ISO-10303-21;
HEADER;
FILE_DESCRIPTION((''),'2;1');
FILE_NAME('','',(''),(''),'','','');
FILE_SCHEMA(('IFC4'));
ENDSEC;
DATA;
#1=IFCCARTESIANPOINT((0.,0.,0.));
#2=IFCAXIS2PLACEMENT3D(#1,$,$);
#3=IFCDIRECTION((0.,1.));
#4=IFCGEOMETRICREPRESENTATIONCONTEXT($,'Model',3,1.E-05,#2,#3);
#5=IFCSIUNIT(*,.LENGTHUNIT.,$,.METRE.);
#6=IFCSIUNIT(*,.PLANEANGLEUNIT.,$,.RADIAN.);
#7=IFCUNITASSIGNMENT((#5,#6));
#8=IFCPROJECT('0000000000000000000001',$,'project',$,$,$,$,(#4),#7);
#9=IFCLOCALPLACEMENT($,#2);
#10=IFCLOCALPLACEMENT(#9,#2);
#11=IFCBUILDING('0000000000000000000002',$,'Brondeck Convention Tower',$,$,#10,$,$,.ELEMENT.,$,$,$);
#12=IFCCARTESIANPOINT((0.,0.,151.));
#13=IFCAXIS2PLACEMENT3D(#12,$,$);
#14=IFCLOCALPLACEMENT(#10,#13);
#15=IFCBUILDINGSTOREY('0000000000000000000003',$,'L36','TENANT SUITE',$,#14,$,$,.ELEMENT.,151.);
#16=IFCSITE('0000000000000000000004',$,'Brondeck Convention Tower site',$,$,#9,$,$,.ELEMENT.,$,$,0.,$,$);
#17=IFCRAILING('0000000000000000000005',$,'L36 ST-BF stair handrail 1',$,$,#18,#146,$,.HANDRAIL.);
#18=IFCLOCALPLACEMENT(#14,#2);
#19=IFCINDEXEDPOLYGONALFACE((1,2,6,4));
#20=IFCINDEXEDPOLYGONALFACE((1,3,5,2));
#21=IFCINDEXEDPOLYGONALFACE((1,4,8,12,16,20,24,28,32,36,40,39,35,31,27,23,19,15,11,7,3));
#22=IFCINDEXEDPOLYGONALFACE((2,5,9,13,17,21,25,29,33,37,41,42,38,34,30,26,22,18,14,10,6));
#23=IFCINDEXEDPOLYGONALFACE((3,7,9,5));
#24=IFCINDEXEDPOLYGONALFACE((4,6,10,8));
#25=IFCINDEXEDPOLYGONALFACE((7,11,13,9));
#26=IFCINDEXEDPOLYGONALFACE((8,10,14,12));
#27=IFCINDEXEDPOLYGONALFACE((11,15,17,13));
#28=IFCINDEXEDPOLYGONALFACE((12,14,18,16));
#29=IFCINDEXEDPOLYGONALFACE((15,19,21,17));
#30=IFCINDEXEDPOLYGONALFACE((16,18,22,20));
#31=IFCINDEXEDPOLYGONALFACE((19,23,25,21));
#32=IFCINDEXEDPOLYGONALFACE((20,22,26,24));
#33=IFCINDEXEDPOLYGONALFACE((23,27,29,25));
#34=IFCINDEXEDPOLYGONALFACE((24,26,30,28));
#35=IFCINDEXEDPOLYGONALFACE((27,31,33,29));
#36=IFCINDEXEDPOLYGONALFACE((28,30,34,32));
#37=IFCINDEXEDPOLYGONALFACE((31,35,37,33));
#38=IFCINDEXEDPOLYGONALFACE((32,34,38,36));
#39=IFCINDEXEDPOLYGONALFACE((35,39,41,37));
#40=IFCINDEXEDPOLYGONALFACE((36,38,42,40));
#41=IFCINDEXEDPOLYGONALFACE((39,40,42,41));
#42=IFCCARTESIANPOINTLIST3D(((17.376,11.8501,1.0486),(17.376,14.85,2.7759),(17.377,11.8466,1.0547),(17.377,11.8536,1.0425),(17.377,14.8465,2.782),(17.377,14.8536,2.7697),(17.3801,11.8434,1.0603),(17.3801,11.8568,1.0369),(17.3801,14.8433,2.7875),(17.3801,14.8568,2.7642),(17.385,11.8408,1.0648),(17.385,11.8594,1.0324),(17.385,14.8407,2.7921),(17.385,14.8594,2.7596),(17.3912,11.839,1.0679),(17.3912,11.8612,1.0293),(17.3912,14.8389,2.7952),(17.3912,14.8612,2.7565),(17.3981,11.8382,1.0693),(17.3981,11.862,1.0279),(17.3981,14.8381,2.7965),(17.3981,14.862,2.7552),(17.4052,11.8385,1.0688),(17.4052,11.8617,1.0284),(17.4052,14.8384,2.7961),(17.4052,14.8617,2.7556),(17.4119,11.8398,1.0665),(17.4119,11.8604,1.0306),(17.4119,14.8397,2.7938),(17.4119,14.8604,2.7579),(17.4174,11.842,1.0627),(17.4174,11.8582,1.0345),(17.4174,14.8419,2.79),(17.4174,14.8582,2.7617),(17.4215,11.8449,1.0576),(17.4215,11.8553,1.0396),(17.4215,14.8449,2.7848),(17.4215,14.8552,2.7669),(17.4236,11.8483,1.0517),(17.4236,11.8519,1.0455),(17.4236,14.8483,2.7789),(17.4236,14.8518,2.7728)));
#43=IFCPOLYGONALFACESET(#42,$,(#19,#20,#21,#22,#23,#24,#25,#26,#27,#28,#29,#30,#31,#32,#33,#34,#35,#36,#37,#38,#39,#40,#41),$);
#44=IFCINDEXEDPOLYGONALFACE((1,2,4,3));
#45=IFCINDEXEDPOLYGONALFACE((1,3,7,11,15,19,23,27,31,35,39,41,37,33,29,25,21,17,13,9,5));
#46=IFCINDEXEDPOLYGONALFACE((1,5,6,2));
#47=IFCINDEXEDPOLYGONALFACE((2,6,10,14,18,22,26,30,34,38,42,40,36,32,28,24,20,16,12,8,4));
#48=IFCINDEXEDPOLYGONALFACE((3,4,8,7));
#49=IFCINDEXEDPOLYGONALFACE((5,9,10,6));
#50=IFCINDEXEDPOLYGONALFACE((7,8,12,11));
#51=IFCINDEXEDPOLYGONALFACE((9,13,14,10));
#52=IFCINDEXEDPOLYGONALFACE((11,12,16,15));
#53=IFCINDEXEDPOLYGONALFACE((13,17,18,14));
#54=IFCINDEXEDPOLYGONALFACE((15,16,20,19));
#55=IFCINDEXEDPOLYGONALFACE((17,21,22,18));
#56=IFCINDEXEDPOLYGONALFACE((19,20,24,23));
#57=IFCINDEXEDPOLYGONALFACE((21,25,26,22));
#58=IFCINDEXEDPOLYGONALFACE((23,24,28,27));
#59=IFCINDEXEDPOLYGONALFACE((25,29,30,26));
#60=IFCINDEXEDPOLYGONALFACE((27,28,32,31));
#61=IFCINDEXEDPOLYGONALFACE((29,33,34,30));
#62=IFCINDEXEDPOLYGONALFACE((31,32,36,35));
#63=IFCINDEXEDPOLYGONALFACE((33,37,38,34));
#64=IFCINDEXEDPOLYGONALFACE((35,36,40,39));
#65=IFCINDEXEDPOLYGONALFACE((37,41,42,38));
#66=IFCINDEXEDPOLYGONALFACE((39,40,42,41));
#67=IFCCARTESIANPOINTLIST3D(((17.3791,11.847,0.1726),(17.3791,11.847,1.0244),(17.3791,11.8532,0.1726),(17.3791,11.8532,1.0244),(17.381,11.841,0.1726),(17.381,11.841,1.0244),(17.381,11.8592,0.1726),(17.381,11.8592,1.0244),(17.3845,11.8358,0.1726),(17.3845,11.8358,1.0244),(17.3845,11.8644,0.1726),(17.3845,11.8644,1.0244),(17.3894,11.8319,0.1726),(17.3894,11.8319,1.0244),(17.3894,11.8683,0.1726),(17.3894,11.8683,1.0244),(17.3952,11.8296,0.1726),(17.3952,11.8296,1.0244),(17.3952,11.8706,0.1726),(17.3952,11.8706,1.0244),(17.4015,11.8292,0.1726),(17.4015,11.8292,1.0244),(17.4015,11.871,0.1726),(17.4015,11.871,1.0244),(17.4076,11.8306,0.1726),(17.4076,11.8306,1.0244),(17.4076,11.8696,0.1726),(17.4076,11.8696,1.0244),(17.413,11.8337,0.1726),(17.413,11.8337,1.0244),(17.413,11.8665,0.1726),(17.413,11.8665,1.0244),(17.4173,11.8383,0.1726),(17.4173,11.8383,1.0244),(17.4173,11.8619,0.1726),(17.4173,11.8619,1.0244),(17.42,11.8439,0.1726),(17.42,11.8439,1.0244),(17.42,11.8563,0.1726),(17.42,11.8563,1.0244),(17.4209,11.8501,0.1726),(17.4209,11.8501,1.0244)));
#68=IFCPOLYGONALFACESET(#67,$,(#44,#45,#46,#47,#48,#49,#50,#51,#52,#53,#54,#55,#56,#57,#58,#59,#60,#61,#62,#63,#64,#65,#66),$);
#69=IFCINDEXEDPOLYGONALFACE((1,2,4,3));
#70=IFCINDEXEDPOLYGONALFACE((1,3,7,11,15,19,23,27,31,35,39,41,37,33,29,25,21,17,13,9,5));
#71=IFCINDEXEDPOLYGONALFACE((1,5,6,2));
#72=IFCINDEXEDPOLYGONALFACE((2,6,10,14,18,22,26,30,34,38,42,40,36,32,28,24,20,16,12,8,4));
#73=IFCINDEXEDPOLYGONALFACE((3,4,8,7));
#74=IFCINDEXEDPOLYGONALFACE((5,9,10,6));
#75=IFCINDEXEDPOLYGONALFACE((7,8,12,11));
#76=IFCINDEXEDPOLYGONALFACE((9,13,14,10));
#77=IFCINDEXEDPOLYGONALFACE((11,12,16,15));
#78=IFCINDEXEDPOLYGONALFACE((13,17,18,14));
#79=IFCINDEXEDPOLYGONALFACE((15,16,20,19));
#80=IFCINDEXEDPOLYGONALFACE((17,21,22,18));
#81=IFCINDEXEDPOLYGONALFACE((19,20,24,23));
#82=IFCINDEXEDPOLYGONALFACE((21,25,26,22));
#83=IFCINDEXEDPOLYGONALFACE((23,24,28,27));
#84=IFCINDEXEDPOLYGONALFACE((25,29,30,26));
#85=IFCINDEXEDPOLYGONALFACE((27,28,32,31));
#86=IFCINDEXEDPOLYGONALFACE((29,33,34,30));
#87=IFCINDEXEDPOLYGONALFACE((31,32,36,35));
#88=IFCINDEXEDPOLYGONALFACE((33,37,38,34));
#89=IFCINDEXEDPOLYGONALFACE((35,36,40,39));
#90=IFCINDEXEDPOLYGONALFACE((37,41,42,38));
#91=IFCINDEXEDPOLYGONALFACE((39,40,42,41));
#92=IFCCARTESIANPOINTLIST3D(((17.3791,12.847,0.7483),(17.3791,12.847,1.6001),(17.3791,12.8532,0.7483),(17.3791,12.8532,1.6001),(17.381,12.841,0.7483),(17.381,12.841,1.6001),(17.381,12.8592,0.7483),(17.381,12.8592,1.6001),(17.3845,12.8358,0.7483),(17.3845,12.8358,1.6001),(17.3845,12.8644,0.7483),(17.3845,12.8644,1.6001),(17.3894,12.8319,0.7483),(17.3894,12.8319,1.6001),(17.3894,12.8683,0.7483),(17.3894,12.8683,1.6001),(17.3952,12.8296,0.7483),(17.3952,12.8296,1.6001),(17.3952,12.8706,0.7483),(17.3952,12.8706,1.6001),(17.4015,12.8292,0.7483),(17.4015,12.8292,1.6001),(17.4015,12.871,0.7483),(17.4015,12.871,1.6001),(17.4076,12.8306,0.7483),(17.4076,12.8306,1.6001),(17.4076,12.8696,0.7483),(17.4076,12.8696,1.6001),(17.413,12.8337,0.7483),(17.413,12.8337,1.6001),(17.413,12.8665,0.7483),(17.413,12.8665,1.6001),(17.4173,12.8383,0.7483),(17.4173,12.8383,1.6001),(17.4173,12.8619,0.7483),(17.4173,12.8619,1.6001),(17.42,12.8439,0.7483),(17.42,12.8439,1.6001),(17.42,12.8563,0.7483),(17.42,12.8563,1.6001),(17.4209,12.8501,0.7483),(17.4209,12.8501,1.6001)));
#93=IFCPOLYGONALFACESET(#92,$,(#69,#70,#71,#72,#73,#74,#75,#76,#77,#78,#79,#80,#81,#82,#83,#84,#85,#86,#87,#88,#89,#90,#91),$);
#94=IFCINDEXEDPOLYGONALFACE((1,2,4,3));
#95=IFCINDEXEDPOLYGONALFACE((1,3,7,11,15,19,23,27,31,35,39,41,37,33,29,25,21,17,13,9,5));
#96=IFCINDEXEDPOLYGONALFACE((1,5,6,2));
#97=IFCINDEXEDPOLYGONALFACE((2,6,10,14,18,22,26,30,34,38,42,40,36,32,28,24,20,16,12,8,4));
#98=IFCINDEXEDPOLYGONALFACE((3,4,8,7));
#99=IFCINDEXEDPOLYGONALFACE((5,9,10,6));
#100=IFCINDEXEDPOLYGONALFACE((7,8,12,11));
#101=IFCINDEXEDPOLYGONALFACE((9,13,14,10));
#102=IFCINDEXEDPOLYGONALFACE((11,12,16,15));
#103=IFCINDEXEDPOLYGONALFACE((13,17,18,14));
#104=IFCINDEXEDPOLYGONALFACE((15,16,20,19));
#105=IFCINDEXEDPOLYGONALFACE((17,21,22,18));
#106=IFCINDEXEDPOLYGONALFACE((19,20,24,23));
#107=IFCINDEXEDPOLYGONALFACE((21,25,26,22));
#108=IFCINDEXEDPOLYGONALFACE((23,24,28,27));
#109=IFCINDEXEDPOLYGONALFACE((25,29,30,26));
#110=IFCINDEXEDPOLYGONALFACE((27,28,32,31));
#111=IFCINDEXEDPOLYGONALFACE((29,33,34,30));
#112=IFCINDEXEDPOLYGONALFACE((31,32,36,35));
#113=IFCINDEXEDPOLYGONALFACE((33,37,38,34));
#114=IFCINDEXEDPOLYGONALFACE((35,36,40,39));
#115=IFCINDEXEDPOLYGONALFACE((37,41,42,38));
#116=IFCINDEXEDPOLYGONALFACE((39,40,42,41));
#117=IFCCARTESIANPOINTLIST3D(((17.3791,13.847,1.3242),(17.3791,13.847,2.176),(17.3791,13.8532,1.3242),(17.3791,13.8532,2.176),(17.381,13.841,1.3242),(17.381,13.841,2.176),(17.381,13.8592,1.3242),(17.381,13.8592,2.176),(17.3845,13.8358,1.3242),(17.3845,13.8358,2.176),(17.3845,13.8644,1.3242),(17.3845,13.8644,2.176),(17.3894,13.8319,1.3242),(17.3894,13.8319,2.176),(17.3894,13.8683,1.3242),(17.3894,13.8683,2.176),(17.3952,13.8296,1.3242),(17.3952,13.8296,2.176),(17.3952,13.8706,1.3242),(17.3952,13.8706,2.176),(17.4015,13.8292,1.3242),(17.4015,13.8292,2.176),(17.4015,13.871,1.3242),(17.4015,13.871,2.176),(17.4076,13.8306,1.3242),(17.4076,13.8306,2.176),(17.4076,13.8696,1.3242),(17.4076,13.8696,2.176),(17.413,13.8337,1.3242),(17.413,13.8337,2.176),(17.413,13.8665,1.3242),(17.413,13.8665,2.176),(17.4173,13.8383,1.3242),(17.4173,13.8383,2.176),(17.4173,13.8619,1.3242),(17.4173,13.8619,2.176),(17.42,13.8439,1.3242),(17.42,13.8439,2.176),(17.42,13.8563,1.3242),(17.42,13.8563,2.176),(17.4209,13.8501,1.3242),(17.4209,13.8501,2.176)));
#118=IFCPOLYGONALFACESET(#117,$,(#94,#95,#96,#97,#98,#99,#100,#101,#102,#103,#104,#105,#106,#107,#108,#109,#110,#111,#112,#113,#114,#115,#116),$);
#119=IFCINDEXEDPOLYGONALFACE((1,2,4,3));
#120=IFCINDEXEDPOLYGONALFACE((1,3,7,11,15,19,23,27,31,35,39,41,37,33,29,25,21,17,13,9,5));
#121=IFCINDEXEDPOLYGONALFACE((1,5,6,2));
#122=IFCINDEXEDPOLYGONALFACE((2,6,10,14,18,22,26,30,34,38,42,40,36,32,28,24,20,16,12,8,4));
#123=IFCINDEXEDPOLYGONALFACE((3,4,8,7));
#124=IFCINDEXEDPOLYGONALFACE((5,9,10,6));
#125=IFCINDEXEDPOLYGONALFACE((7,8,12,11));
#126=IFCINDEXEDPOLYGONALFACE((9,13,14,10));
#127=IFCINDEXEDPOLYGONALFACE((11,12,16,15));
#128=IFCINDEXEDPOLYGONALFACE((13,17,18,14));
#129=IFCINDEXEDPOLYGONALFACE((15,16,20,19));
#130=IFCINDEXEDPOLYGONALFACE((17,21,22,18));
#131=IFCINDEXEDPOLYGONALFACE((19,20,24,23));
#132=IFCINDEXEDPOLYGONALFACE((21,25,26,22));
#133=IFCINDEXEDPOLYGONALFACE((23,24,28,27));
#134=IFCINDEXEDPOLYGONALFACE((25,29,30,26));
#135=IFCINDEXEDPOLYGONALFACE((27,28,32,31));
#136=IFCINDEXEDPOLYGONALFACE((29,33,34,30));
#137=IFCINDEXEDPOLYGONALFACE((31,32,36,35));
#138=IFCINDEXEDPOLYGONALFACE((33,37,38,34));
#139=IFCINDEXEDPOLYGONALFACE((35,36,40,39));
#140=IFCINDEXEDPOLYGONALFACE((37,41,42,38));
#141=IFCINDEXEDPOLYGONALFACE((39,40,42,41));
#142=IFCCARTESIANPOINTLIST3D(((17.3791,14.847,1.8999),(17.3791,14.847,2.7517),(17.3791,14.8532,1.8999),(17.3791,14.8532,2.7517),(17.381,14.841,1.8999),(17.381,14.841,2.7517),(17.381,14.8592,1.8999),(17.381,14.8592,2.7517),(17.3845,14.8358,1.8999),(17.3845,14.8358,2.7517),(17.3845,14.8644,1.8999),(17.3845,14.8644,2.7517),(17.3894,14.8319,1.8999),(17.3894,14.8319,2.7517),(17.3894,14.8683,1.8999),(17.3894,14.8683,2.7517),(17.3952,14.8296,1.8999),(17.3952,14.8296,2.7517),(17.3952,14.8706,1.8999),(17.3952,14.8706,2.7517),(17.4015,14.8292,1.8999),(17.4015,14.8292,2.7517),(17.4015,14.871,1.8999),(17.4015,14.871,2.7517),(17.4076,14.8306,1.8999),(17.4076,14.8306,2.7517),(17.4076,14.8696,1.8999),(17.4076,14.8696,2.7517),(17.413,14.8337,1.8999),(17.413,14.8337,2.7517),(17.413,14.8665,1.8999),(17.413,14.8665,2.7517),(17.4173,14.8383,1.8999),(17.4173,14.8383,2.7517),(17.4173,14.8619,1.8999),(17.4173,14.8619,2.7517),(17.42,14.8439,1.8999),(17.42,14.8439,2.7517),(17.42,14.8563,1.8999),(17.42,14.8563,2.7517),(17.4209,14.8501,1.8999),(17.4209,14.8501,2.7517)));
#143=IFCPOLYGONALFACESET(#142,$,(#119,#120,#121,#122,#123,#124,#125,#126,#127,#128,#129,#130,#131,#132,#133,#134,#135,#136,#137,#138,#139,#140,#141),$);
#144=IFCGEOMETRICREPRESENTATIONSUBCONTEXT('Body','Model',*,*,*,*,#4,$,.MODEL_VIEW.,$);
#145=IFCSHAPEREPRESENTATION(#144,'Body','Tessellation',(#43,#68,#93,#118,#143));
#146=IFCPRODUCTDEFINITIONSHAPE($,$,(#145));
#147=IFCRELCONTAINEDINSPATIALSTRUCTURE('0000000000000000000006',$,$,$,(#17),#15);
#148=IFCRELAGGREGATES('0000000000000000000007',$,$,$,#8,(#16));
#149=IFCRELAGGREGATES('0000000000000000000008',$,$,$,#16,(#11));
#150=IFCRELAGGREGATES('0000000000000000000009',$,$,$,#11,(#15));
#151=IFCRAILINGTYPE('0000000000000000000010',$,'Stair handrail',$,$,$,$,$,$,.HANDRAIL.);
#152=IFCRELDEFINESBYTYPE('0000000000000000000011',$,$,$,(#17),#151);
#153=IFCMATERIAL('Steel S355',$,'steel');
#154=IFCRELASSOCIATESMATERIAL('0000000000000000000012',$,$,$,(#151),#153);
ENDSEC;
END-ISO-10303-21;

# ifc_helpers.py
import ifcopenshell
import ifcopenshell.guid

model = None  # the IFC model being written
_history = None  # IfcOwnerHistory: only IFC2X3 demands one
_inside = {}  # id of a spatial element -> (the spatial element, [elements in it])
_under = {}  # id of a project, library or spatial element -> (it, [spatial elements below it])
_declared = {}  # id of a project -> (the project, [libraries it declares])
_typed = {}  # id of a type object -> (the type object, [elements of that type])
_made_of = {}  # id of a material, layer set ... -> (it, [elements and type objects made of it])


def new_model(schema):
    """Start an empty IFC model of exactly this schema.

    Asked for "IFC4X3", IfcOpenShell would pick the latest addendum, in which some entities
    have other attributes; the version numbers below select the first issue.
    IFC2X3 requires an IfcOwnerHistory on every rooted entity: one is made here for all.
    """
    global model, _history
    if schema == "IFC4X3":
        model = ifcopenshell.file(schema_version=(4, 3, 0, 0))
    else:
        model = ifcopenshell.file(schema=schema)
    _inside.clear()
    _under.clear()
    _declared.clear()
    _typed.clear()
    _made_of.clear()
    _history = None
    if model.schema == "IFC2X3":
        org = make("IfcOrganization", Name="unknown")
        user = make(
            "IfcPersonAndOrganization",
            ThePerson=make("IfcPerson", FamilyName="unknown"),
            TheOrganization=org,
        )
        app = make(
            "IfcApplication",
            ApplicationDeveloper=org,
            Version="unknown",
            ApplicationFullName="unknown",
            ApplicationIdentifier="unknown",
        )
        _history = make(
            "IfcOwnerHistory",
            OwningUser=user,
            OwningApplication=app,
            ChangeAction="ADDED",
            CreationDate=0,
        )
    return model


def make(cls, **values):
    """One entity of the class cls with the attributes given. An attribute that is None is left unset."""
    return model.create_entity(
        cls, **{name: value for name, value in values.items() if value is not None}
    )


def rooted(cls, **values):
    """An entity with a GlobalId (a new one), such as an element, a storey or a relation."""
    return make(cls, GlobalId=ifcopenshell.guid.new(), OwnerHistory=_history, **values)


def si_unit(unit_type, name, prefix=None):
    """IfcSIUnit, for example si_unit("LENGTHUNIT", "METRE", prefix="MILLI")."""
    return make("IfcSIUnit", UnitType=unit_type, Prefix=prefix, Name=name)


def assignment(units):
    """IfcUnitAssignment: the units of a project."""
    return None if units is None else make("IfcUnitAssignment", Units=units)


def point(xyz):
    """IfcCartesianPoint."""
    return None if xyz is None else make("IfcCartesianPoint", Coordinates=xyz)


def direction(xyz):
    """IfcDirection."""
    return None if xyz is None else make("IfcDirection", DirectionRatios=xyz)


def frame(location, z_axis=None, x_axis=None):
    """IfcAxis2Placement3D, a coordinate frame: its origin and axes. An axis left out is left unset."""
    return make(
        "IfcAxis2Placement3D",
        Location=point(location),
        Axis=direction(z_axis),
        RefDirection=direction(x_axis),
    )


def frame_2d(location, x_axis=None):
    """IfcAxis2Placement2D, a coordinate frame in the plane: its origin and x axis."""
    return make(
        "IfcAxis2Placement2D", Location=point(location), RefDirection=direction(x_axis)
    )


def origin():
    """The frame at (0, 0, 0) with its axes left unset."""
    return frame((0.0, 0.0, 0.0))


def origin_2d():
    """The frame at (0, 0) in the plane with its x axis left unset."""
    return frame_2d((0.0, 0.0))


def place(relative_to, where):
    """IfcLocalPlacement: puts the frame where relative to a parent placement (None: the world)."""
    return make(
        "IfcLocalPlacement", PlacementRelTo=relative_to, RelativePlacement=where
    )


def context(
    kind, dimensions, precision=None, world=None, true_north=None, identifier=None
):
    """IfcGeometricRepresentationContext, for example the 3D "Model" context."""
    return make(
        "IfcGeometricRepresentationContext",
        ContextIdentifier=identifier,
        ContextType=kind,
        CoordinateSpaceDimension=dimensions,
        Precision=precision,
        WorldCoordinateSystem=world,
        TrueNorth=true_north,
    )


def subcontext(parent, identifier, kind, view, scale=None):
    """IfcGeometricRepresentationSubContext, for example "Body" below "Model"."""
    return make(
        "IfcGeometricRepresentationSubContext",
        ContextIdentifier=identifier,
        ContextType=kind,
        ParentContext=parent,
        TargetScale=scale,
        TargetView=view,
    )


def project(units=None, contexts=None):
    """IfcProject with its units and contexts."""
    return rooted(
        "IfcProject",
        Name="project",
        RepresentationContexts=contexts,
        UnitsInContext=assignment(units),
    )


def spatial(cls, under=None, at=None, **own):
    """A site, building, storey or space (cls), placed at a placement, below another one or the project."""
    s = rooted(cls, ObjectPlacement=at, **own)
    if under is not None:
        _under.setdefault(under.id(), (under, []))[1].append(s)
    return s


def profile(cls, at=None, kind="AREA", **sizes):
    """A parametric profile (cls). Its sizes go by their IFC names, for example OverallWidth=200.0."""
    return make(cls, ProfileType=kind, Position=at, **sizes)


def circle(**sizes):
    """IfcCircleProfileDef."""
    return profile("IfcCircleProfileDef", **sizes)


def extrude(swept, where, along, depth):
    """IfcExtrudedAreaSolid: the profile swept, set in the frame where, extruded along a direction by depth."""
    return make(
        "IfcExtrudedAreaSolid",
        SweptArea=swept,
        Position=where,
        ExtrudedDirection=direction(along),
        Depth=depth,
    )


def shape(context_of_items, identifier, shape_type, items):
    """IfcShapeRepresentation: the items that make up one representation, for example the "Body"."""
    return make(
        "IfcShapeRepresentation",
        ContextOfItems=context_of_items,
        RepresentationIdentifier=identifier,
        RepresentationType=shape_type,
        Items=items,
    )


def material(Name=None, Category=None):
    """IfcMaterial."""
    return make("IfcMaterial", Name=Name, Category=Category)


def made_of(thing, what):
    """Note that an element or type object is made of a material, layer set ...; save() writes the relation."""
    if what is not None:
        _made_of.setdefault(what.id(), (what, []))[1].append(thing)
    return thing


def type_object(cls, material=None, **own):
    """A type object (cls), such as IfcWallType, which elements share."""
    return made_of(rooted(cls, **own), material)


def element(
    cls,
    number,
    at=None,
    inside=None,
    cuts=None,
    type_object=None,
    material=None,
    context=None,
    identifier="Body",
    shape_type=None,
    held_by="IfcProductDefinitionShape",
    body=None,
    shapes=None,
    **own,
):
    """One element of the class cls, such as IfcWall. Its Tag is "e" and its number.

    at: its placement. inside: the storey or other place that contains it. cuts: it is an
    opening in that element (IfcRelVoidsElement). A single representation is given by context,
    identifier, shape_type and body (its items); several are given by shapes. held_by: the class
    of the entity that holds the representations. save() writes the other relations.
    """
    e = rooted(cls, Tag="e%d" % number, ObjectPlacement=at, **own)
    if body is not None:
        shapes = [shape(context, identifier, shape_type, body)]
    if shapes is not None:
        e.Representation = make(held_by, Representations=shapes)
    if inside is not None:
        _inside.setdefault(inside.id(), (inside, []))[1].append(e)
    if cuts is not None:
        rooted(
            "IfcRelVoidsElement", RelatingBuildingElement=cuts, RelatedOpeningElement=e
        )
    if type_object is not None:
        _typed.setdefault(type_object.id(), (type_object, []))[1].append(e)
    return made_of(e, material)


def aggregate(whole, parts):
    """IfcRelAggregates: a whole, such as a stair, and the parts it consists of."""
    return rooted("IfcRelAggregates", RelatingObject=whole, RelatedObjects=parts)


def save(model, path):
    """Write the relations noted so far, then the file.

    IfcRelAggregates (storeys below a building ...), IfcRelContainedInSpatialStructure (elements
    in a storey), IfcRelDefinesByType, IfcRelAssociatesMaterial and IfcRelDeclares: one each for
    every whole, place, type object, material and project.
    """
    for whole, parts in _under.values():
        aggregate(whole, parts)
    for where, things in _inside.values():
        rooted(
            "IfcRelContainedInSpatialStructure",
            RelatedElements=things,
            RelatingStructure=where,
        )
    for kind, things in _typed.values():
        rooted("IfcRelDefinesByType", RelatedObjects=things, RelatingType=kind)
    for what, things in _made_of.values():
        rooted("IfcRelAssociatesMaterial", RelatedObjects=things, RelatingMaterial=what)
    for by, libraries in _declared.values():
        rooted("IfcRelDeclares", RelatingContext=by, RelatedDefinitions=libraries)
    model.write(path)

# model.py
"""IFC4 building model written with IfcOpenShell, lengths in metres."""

from ifc_helpers import new_model, si_unit, direction, frame, origin, origin_2d, place, context, subcontext, project, spatial, circle, extrude, material, type_object, element, save


model = new_model("IFC4")

# Units and contexts
model_context = context("Model", 3, precision=1e-05, world=origin(), true_north=direction((0.0, 1.0)))
body_context = subcontext(model_context, "Body", "Model", "MODEL_VIEW")
ifc_project = project(units=[si_unit("LENGTHUNIT", "METRE"), si_unit("PLANEANGLEUNIT", "RADIAN")], contexts=[model_context])

# Site, building, storey
site_placement = place(None, origin())
site = spatial("IfcSite", under=ifc_project, at=site_placement, Name="Brondeck Convention Tower site", CompositionType="ELEMENT", RefElevation=0.0)
building_placement = place(site_placement, origin())
building = spatial("IfcBuilding", under=site, at=building_placement, Name="Brondeck Convention Tower", CompositionType="ELEMENT")
storey_placement = place(building_placement, frame((0.0, 0.0, 151.0)))
storey = spatial("IfcBuildingStorey", under=building, at=storey_placement, Name="L36", Description="TENANT SUITE", CompositionType="ELEMENT", Elevation=151.0)

# Shared definitions
ifc_material_1 = material(Name="Steel S355", Category="steel")

# Railing
railing_type_1 = type_object("IfcRailingType", Name="Stair handrail", PredefinedType="HANDRAIL", material=ifc_material_1)
railing_1_placement = place(storey_placement, frame((17.3999, 11.8501, 0.1726)))
element("IfcRailing", 1, at=railing_1_placement, inside=storey, type_object=railing_type_1, Name="L36 ST-BF stair handrail 1", PredefinedType="HANDRAIL", context=body_context, shape_type="SweptSolid", body=[
    extrude(circle(Radius=0.0239, at=origin_2d()), frame((0.0, 0.0, 0.876), z_axis=(0.0, 0.86662, 0.498969), x_axis=(-1.0, 0.0, 0.0)), (0.0, 0.0, 1.0), 3.4617),
    extrude(circle(Radius=0.021, at=origin_2d()), origin(), (0.0, 0.0, 1.0), 0.8518),
    extrude(circle(Radius=0.021, at=origin_2d()), frame((0.0, 1.0, 0.5757)), (0.0, 0.0, 1.0), 0.8518),
    extrude(circle(Radius=0.021, at=origin_2d()), frame((0.0, 2.0, 1.1516)), (0.0, 0.0, 1.0), 0.8518),
    extrude(circle(Radius=0.021, at=origin_2d()), frame((0.0, 3.0, 1.7273)), (0.0, 0.0, 1.0), 0.8518),
])

save(model, "model.ifc")
